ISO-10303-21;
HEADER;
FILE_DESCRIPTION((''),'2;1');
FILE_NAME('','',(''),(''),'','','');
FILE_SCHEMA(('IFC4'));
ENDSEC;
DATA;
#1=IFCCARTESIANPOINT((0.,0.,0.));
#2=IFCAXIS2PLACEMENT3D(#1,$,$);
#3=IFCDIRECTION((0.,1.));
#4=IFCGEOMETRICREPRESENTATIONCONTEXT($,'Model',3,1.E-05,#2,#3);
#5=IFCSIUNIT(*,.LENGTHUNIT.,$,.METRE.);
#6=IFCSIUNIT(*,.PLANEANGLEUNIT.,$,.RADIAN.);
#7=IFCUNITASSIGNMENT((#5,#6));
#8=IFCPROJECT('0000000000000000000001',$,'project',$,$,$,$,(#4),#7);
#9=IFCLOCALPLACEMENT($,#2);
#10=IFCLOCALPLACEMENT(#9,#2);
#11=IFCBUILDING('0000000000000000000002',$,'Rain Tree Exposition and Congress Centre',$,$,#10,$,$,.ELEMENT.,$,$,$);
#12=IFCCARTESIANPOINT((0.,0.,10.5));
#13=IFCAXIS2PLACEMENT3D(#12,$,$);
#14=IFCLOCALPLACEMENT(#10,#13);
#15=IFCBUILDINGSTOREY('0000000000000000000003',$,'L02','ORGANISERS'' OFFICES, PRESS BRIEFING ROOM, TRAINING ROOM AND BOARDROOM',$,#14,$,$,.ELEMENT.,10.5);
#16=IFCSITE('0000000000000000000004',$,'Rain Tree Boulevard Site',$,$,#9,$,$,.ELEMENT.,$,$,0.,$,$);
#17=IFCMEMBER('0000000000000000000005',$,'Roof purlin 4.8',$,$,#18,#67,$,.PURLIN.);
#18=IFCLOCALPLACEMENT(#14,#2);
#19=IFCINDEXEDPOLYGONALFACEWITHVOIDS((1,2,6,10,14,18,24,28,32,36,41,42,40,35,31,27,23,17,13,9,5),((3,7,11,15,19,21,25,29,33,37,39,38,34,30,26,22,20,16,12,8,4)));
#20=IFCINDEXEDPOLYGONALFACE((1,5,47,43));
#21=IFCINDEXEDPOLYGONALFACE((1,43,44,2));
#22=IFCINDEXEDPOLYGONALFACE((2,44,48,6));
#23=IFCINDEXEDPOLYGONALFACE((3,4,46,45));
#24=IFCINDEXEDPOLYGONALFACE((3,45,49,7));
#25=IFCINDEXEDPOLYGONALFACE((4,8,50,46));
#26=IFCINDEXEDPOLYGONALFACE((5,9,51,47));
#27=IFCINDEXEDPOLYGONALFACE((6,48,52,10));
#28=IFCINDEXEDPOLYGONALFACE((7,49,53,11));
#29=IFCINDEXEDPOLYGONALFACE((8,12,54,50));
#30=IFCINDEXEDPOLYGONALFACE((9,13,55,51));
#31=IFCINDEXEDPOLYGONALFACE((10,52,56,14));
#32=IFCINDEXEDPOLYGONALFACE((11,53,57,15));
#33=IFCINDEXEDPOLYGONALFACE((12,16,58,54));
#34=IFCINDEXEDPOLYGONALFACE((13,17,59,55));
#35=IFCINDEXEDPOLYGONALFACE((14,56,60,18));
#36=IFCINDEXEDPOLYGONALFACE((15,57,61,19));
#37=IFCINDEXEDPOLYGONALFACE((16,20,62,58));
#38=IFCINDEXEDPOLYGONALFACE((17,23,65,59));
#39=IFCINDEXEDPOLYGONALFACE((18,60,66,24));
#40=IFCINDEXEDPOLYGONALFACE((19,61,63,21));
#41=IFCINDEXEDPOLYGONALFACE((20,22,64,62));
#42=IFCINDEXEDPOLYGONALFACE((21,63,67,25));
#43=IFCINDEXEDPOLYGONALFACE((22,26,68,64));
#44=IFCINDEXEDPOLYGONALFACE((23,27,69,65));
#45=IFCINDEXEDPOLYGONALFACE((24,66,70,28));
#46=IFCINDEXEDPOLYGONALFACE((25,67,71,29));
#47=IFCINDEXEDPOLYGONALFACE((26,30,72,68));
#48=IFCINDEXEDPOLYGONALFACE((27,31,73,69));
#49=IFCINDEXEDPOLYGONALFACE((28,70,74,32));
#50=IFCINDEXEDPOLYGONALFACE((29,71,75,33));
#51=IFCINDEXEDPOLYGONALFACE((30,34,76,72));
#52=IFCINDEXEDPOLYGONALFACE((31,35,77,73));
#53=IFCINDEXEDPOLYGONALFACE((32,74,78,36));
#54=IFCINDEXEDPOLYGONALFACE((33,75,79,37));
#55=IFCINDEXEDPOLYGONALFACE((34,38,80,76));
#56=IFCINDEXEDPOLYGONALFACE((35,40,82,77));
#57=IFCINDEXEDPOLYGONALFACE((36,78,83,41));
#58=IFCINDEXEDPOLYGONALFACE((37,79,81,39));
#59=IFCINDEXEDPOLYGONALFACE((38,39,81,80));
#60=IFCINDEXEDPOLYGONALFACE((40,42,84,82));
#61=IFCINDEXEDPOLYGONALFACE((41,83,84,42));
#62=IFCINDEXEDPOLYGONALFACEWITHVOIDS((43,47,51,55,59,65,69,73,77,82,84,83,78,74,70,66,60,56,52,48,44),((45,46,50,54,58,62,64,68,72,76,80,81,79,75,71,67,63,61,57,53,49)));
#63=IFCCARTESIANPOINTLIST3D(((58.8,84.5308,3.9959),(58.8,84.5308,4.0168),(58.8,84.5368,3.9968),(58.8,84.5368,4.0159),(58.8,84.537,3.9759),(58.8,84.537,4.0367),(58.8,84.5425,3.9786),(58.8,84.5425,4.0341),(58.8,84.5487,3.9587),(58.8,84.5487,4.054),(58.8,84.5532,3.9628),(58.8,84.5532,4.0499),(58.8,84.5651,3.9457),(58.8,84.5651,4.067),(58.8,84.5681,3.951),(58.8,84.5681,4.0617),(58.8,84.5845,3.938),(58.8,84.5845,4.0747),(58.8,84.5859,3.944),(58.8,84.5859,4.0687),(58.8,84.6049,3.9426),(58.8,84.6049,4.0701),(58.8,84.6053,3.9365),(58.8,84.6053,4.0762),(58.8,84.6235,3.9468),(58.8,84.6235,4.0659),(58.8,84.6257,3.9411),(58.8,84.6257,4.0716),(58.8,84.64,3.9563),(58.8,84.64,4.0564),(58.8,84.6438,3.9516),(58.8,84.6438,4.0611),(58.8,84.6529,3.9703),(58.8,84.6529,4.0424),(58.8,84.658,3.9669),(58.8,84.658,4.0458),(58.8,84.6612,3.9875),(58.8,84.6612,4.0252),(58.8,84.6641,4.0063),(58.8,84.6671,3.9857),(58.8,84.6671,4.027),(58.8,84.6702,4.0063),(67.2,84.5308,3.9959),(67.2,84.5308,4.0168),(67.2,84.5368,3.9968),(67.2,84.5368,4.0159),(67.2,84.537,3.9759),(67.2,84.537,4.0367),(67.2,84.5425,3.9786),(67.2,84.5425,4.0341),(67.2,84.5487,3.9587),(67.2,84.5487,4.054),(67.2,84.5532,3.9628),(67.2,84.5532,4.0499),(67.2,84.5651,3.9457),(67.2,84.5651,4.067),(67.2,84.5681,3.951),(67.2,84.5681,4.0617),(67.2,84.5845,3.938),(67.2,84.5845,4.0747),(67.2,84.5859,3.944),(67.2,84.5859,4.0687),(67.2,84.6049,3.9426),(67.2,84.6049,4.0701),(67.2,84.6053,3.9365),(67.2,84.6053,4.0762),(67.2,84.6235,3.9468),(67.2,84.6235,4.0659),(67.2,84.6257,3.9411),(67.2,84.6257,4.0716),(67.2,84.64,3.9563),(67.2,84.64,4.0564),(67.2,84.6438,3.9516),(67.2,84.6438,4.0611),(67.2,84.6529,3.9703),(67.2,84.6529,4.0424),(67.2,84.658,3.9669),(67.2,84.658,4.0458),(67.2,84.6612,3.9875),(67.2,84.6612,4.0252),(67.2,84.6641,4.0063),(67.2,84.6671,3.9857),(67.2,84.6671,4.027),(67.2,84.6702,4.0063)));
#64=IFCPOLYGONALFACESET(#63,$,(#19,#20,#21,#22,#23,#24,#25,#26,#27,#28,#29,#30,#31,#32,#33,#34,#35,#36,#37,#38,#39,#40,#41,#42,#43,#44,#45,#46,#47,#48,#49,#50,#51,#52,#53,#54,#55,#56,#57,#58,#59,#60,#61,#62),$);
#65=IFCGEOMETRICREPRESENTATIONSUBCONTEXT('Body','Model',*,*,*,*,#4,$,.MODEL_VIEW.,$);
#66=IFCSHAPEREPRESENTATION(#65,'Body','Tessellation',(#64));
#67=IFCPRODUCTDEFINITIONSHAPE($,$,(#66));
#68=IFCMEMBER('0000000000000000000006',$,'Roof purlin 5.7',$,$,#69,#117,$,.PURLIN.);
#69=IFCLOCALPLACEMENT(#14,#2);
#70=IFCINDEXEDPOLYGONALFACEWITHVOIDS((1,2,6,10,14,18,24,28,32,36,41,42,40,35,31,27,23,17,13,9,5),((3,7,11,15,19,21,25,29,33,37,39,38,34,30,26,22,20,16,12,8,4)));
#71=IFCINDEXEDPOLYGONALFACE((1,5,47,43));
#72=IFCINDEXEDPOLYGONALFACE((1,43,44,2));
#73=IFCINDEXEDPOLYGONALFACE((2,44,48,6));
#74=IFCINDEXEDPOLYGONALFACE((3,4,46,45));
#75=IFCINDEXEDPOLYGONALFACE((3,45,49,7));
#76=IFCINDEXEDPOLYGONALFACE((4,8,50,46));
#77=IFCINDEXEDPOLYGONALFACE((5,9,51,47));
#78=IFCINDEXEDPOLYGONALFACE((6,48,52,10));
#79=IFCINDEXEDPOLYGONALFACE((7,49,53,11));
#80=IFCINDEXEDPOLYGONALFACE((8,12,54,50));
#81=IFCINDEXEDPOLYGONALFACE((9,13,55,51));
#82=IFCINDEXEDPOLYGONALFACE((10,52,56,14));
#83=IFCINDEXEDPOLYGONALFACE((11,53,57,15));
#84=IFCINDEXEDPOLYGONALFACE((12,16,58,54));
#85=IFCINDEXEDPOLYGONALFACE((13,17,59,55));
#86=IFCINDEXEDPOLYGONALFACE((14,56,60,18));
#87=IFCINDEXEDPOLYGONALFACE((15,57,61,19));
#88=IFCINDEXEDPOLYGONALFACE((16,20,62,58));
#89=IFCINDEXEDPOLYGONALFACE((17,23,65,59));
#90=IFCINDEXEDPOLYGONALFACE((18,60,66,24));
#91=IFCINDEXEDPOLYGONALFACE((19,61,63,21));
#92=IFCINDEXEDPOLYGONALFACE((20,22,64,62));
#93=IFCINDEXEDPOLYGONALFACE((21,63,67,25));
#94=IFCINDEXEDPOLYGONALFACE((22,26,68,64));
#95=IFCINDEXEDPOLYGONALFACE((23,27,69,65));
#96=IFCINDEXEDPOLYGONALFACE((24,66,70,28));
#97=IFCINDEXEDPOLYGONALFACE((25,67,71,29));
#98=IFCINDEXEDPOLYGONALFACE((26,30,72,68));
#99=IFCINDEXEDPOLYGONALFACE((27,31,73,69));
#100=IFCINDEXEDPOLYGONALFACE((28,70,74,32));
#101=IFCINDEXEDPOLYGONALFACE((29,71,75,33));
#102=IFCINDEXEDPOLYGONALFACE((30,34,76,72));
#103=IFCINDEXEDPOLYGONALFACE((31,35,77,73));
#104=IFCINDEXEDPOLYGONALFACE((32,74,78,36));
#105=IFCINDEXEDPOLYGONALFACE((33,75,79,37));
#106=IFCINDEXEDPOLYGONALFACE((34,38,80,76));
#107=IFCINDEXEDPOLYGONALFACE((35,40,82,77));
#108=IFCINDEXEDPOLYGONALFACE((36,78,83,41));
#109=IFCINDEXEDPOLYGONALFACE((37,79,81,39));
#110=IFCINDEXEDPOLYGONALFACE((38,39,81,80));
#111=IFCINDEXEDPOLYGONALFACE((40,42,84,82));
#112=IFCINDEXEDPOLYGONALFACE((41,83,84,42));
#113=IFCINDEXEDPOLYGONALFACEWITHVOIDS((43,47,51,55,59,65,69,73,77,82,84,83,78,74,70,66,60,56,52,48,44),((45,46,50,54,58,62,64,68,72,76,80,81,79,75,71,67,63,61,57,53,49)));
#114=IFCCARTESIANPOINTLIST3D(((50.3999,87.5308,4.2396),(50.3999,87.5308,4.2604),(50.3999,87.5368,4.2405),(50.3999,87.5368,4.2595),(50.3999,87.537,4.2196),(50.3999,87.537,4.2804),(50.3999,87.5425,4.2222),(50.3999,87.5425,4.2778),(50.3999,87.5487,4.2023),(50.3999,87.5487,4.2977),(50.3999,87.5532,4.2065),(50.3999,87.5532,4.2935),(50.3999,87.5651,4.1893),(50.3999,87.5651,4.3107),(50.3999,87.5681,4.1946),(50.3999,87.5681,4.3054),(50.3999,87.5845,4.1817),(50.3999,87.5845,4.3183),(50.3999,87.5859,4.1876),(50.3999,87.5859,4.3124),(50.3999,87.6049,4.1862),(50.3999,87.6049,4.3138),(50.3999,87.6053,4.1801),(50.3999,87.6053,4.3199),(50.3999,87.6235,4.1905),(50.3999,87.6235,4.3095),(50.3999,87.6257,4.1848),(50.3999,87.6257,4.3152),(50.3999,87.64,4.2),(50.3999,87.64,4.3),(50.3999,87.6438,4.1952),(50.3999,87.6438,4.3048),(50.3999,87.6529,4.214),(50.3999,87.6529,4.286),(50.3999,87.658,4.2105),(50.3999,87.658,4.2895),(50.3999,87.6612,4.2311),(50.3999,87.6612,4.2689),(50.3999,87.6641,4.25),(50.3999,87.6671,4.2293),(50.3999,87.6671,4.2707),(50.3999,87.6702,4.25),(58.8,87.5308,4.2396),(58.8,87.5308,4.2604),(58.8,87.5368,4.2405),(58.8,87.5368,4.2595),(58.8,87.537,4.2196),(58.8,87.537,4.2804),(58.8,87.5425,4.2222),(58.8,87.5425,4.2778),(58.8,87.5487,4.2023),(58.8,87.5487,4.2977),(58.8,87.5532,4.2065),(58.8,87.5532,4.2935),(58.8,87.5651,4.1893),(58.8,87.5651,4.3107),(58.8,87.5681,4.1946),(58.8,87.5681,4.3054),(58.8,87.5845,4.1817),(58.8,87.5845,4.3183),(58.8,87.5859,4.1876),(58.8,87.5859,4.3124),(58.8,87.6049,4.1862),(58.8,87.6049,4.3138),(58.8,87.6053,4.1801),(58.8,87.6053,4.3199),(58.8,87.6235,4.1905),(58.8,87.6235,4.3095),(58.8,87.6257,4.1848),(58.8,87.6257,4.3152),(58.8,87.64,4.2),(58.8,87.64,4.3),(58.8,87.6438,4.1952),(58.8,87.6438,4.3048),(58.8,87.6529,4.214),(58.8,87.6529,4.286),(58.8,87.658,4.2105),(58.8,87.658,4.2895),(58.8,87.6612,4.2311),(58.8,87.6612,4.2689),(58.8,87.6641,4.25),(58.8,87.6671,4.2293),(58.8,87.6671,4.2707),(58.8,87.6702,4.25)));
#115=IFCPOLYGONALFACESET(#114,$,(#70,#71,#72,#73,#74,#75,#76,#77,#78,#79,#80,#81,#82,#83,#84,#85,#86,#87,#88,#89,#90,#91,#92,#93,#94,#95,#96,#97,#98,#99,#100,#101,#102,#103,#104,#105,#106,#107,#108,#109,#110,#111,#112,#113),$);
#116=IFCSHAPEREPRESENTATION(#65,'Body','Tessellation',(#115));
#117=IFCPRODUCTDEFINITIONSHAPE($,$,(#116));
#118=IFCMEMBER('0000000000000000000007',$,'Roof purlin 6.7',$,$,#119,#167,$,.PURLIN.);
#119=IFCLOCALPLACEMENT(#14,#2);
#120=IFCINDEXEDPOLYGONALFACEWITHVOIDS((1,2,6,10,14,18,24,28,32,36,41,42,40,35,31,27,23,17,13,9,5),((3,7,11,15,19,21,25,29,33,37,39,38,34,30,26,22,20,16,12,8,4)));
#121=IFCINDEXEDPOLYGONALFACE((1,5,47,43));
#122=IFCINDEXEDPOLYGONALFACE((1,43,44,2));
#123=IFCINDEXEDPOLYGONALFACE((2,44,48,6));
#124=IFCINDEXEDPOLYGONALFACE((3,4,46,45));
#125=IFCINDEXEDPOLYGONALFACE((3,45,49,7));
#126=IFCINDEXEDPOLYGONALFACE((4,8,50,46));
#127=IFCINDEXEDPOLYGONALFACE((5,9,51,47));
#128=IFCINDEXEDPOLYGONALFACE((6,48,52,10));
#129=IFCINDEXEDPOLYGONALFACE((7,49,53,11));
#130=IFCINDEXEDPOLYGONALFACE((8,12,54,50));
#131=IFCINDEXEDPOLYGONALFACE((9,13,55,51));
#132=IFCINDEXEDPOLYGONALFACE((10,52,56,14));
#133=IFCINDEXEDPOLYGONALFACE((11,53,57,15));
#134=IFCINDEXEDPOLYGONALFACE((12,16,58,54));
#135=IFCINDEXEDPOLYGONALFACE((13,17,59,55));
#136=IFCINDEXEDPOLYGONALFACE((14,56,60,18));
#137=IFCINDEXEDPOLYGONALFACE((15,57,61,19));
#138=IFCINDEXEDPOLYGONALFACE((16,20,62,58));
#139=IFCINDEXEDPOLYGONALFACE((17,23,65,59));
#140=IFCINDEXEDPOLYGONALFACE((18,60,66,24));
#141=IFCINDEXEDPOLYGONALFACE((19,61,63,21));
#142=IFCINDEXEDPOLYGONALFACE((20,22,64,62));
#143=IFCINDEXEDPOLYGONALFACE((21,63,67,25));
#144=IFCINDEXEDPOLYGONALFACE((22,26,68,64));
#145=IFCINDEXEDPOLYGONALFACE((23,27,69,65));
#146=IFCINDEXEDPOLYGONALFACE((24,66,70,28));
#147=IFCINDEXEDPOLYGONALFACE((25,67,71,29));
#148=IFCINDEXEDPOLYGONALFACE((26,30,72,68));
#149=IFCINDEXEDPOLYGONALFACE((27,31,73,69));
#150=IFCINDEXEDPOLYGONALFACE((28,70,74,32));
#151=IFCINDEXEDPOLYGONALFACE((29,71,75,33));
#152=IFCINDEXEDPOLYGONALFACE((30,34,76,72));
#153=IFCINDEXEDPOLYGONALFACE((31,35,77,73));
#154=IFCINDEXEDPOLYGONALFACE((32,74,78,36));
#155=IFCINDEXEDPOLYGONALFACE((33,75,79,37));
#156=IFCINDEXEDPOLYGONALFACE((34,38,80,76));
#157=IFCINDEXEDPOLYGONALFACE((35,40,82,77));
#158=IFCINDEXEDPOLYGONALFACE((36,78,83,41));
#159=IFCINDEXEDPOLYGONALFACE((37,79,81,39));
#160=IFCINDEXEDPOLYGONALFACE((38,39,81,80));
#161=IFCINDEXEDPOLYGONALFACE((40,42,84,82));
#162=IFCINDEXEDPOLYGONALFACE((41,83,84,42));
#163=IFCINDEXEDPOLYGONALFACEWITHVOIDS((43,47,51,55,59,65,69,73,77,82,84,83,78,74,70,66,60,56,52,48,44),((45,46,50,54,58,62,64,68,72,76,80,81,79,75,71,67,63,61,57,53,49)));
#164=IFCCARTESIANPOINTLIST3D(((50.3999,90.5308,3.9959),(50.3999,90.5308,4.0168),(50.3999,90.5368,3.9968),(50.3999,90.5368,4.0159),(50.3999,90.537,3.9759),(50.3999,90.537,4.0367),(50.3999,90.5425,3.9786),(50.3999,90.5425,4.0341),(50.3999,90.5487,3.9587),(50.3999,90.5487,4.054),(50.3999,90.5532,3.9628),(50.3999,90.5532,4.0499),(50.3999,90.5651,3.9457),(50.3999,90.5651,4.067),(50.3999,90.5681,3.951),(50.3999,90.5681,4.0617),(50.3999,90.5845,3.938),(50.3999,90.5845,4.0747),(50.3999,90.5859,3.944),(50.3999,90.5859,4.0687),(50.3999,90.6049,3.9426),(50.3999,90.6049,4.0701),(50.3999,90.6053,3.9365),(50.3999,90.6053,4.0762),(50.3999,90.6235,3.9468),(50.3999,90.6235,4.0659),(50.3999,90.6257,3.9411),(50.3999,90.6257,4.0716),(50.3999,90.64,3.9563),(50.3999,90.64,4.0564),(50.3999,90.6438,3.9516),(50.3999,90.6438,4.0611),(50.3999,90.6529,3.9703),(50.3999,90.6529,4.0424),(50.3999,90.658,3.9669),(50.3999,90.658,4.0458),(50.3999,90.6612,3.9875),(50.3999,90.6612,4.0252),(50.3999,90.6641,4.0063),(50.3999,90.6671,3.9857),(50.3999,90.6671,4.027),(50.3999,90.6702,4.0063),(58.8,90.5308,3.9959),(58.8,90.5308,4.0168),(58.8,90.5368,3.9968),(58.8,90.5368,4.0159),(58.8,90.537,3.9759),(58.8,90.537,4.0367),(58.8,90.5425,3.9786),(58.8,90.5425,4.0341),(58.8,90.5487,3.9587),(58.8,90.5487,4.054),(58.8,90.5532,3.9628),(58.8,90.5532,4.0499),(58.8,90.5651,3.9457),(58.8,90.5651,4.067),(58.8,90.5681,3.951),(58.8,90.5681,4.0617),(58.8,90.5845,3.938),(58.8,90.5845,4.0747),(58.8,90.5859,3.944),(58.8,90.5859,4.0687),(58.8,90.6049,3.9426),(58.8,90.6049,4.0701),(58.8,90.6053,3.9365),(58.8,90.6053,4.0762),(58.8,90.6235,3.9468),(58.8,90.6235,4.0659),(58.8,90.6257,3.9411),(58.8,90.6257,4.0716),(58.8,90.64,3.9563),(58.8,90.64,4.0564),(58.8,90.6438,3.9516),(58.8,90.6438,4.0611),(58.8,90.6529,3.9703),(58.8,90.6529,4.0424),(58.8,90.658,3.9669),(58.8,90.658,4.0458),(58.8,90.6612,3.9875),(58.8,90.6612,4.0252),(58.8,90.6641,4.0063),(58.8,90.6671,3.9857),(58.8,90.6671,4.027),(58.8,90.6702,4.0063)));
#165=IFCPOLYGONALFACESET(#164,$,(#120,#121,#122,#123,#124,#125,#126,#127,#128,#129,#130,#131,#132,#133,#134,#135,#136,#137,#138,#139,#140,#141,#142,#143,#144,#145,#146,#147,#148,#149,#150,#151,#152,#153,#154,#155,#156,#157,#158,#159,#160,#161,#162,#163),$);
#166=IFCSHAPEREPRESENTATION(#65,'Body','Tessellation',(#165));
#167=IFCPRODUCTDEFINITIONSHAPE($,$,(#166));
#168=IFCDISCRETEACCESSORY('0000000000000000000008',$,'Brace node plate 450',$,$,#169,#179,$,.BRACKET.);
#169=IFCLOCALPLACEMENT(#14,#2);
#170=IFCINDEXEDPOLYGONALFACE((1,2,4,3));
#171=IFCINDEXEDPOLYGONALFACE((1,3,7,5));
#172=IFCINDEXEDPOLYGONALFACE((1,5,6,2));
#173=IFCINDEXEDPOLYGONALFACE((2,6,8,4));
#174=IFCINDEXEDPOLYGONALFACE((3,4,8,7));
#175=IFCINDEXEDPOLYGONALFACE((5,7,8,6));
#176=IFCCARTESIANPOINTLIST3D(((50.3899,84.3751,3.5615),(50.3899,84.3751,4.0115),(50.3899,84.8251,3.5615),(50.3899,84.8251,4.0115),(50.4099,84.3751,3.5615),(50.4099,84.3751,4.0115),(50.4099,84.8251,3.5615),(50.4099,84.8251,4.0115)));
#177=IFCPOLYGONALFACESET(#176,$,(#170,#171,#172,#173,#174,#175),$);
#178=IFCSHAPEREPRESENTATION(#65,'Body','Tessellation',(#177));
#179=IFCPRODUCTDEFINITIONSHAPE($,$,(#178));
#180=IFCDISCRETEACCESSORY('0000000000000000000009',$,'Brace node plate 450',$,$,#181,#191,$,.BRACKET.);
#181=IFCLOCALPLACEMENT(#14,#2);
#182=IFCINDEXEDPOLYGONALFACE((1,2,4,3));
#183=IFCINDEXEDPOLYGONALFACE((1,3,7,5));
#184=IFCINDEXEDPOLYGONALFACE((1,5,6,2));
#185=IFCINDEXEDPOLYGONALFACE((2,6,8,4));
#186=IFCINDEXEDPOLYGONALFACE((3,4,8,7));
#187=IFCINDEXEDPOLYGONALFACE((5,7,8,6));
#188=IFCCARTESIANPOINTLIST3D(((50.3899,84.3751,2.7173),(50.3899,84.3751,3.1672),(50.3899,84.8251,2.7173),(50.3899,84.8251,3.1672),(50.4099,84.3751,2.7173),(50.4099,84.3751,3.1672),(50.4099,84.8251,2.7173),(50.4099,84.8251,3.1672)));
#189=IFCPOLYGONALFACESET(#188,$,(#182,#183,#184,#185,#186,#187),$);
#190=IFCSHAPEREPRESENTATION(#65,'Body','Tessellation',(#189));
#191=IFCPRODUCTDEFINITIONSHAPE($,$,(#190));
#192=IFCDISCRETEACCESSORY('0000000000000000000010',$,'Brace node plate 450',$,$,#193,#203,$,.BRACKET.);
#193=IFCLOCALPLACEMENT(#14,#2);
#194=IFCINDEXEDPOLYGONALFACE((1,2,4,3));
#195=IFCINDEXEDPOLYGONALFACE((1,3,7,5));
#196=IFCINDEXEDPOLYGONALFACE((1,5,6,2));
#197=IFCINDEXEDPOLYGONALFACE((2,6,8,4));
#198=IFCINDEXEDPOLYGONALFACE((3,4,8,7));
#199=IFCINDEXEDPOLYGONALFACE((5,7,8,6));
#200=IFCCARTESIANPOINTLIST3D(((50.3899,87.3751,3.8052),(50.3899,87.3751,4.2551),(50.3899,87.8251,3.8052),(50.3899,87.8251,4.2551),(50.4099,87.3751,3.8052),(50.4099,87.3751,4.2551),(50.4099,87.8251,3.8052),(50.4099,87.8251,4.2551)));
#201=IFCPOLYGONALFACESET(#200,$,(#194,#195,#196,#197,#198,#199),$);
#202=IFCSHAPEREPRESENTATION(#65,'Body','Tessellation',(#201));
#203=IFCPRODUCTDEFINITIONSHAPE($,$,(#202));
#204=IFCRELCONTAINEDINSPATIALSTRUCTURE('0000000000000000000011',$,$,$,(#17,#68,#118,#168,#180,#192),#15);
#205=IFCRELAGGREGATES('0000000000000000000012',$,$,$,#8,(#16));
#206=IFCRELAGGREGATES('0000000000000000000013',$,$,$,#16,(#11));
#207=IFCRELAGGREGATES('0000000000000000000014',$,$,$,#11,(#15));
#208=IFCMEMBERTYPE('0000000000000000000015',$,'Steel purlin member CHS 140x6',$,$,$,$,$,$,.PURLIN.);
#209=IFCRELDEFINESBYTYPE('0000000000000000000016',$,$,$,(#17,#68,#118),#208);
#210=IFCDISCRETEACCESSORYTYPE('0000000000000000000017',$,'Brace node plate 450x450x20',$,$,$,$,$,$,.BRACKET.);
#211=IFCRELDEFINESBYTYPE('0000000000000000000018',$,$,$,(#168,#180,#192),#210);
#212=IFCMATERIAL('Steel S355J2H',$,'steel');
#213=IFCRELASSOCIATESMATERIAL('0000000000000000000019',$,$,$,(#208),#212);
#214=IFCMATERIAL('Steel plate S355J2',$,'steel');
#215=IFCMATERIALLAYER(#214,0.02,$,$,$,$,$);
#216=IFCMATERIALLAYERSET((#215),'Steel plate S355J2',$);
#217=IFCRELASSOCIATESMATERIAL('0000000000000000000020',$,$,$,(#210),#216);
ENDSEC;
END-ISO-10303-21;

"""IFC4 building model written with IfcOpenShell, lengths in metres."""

from ifc_helpers import new_model, si_unit, direction, frame, origin, origin_2d, place, context, subcontext, project, spatial, rectangle, hollow_circle, extrude, material, layer, layer_set, material_profile, profile_set, type_object, element, save


model = new_model("IFC4")

# Units and contexts
model_context = context("Model", 3, precision=1e-05, world=origin(), true_north=direction((0.0, 1.0)))
body_context = subcontext(model_context, "Body", "Model", "MODEL_VIEW")
ifc_project = project(units=[si_unit("LENGTHUNIT", "METRE"), si_unit("PLANEANGLEUNIT", "RADIAN")], contexts=[model_context])

# Site, building, storey
site_placement = place(None, origin())
site = spatial("IfcSite", under=ifc_project, at=site_placement, Name="Rain Tree Boulevard Site", CompositionType="ELEMENT", RefElevation=0.0)
building_placement = place(site_placement, origin())
building = spatial("IfcBuilding", under=site, at=building_placement, Name="Rain Tree Exposition and Congress Centre", CompositionType="ELEMENT")
storey_placement = place(building_placement, frame((0.0, 0.0, 10.5)))
storey = spatial("IfcBuildingStorey", under=building, at=storey_placement, Name="L02", Description="ORGANISERS' OFFICES, PRESS BRIEFING ROOM, TRAINING ROOM AND BOARDROOM", CompositionType="ELEMENT", Elevation=10.5)

# Members
ifc_material_1 = material(Name="Steel S355J2H", Category="steel")
ifc_material_profile_1 = material_profile(ifc_material_1, hollow_circle(Radius=0.0701, WallThickness=0.0061, at=origin_2d()), Name="CHS 140x6")
ifc_profile_set_1 = profile_set([ifc_material_profile_1], Name="Steel S355J2H")
member_type_1 = type_object("IfcMemberType", Name="Steel purlin member CHS 140x6", PredefinedType="PURLIN", material=ifc_profile_set_1)
member_1_placement = place(storey_placement, frame((58.8, 84.6001, 4.0063), z_axis=(1.0, 0.0, 0.0), x_axis=(0.0, 1.0, 0.0)))
element("IfcMember", 1, at=member_1_placement, inside=storey, type_object=member_type_1, Name="Roof purlin 4.8", PredefinedType="PURLIN", context=body_context, shape_type="SweptSolid", body=[
    extrude(hollow_circle(Radius=0.0701, WallThickness=0.0061, at=origin_2d()), origin(), (0.0, 0.0, 1.0), 8.3999),
])
for number, where, z_axis, x_axis, name in (
    (2, (50.3999, 87.6001, 4.25), (1.0, 0.0, 0.0), (0.0, 1.0, 0.0), "Roof purlin 5.7"),
    (3, (50.3999, 90.6001, 4.0063), (1.0, 0.0, 0.0), (0.0, 1.0, 0.0), "Roof purlin 6.7"),
):
    element("IfcMember", number, at=place(storey_placement, frame(where, z_axis=z_axis, x_axis=x_axis)), inside=storey, type_object=member_type_1, Name=name, PredefinedType="PURLIN", context=body_context, shape_type="SweptSolid", body=[
        extrude(hollow_circle(Radius=0.0701, WallThickness=0.0061, at=origin_2d()), origin(), (0.0, 0.0, 1.0), 8.4001),
    ])

# Discrete accessories
ifc_material_2 = material(Name="Steel plate S355J2", Category="steel")
ifc_layer = layer(ifc_material_2, 0.02)
ifc_layer_set = layer_set([ifc_layer], Name="Steel plate S355J2")
discrete_accessory_type = type_object("IfcDiscreteAccessoryType", Name="Brace node plate 450x450x20", PredefinedType="BRACKET", material=ifc_layer_set)
for number, where, z_axis, x_axis, name in (
    (4, (50.3999, 84.6001, 3.5615), (0.0, 0.0, 1.0), (0.0, -1.0, 0.0), "Brace node plate 450"),
    (5, (50.3999, 84.6001, 2.7173), (0.0, 0.0, 1.0), (0.0, 1.0, 0.0), "Brace node plate 450"),
    (6, (50.3999, 87.6001, 3.8052), (0.0, 0.0, 1.0), (0.0, 1.0, 0.0), "Brace node plate 450"),
):
    element("IfcDiscreteAccessory", number, at=place(storey_placement, frame(where, z_axis=z_axis, x_axis=x_axis)), inside=storey, type_object=discrete_accessory_type, Name=name, PredefinedType="BRACKET", context=body_context, shape_type="SweptSolid", body=[
        extrude(rectangle(XDim=0.45, YDim=0.02, at=origin_2d()), origin(), (0.0, 0.0, 1.0), 0.45),
    ])

save(model, "model.ifc")
